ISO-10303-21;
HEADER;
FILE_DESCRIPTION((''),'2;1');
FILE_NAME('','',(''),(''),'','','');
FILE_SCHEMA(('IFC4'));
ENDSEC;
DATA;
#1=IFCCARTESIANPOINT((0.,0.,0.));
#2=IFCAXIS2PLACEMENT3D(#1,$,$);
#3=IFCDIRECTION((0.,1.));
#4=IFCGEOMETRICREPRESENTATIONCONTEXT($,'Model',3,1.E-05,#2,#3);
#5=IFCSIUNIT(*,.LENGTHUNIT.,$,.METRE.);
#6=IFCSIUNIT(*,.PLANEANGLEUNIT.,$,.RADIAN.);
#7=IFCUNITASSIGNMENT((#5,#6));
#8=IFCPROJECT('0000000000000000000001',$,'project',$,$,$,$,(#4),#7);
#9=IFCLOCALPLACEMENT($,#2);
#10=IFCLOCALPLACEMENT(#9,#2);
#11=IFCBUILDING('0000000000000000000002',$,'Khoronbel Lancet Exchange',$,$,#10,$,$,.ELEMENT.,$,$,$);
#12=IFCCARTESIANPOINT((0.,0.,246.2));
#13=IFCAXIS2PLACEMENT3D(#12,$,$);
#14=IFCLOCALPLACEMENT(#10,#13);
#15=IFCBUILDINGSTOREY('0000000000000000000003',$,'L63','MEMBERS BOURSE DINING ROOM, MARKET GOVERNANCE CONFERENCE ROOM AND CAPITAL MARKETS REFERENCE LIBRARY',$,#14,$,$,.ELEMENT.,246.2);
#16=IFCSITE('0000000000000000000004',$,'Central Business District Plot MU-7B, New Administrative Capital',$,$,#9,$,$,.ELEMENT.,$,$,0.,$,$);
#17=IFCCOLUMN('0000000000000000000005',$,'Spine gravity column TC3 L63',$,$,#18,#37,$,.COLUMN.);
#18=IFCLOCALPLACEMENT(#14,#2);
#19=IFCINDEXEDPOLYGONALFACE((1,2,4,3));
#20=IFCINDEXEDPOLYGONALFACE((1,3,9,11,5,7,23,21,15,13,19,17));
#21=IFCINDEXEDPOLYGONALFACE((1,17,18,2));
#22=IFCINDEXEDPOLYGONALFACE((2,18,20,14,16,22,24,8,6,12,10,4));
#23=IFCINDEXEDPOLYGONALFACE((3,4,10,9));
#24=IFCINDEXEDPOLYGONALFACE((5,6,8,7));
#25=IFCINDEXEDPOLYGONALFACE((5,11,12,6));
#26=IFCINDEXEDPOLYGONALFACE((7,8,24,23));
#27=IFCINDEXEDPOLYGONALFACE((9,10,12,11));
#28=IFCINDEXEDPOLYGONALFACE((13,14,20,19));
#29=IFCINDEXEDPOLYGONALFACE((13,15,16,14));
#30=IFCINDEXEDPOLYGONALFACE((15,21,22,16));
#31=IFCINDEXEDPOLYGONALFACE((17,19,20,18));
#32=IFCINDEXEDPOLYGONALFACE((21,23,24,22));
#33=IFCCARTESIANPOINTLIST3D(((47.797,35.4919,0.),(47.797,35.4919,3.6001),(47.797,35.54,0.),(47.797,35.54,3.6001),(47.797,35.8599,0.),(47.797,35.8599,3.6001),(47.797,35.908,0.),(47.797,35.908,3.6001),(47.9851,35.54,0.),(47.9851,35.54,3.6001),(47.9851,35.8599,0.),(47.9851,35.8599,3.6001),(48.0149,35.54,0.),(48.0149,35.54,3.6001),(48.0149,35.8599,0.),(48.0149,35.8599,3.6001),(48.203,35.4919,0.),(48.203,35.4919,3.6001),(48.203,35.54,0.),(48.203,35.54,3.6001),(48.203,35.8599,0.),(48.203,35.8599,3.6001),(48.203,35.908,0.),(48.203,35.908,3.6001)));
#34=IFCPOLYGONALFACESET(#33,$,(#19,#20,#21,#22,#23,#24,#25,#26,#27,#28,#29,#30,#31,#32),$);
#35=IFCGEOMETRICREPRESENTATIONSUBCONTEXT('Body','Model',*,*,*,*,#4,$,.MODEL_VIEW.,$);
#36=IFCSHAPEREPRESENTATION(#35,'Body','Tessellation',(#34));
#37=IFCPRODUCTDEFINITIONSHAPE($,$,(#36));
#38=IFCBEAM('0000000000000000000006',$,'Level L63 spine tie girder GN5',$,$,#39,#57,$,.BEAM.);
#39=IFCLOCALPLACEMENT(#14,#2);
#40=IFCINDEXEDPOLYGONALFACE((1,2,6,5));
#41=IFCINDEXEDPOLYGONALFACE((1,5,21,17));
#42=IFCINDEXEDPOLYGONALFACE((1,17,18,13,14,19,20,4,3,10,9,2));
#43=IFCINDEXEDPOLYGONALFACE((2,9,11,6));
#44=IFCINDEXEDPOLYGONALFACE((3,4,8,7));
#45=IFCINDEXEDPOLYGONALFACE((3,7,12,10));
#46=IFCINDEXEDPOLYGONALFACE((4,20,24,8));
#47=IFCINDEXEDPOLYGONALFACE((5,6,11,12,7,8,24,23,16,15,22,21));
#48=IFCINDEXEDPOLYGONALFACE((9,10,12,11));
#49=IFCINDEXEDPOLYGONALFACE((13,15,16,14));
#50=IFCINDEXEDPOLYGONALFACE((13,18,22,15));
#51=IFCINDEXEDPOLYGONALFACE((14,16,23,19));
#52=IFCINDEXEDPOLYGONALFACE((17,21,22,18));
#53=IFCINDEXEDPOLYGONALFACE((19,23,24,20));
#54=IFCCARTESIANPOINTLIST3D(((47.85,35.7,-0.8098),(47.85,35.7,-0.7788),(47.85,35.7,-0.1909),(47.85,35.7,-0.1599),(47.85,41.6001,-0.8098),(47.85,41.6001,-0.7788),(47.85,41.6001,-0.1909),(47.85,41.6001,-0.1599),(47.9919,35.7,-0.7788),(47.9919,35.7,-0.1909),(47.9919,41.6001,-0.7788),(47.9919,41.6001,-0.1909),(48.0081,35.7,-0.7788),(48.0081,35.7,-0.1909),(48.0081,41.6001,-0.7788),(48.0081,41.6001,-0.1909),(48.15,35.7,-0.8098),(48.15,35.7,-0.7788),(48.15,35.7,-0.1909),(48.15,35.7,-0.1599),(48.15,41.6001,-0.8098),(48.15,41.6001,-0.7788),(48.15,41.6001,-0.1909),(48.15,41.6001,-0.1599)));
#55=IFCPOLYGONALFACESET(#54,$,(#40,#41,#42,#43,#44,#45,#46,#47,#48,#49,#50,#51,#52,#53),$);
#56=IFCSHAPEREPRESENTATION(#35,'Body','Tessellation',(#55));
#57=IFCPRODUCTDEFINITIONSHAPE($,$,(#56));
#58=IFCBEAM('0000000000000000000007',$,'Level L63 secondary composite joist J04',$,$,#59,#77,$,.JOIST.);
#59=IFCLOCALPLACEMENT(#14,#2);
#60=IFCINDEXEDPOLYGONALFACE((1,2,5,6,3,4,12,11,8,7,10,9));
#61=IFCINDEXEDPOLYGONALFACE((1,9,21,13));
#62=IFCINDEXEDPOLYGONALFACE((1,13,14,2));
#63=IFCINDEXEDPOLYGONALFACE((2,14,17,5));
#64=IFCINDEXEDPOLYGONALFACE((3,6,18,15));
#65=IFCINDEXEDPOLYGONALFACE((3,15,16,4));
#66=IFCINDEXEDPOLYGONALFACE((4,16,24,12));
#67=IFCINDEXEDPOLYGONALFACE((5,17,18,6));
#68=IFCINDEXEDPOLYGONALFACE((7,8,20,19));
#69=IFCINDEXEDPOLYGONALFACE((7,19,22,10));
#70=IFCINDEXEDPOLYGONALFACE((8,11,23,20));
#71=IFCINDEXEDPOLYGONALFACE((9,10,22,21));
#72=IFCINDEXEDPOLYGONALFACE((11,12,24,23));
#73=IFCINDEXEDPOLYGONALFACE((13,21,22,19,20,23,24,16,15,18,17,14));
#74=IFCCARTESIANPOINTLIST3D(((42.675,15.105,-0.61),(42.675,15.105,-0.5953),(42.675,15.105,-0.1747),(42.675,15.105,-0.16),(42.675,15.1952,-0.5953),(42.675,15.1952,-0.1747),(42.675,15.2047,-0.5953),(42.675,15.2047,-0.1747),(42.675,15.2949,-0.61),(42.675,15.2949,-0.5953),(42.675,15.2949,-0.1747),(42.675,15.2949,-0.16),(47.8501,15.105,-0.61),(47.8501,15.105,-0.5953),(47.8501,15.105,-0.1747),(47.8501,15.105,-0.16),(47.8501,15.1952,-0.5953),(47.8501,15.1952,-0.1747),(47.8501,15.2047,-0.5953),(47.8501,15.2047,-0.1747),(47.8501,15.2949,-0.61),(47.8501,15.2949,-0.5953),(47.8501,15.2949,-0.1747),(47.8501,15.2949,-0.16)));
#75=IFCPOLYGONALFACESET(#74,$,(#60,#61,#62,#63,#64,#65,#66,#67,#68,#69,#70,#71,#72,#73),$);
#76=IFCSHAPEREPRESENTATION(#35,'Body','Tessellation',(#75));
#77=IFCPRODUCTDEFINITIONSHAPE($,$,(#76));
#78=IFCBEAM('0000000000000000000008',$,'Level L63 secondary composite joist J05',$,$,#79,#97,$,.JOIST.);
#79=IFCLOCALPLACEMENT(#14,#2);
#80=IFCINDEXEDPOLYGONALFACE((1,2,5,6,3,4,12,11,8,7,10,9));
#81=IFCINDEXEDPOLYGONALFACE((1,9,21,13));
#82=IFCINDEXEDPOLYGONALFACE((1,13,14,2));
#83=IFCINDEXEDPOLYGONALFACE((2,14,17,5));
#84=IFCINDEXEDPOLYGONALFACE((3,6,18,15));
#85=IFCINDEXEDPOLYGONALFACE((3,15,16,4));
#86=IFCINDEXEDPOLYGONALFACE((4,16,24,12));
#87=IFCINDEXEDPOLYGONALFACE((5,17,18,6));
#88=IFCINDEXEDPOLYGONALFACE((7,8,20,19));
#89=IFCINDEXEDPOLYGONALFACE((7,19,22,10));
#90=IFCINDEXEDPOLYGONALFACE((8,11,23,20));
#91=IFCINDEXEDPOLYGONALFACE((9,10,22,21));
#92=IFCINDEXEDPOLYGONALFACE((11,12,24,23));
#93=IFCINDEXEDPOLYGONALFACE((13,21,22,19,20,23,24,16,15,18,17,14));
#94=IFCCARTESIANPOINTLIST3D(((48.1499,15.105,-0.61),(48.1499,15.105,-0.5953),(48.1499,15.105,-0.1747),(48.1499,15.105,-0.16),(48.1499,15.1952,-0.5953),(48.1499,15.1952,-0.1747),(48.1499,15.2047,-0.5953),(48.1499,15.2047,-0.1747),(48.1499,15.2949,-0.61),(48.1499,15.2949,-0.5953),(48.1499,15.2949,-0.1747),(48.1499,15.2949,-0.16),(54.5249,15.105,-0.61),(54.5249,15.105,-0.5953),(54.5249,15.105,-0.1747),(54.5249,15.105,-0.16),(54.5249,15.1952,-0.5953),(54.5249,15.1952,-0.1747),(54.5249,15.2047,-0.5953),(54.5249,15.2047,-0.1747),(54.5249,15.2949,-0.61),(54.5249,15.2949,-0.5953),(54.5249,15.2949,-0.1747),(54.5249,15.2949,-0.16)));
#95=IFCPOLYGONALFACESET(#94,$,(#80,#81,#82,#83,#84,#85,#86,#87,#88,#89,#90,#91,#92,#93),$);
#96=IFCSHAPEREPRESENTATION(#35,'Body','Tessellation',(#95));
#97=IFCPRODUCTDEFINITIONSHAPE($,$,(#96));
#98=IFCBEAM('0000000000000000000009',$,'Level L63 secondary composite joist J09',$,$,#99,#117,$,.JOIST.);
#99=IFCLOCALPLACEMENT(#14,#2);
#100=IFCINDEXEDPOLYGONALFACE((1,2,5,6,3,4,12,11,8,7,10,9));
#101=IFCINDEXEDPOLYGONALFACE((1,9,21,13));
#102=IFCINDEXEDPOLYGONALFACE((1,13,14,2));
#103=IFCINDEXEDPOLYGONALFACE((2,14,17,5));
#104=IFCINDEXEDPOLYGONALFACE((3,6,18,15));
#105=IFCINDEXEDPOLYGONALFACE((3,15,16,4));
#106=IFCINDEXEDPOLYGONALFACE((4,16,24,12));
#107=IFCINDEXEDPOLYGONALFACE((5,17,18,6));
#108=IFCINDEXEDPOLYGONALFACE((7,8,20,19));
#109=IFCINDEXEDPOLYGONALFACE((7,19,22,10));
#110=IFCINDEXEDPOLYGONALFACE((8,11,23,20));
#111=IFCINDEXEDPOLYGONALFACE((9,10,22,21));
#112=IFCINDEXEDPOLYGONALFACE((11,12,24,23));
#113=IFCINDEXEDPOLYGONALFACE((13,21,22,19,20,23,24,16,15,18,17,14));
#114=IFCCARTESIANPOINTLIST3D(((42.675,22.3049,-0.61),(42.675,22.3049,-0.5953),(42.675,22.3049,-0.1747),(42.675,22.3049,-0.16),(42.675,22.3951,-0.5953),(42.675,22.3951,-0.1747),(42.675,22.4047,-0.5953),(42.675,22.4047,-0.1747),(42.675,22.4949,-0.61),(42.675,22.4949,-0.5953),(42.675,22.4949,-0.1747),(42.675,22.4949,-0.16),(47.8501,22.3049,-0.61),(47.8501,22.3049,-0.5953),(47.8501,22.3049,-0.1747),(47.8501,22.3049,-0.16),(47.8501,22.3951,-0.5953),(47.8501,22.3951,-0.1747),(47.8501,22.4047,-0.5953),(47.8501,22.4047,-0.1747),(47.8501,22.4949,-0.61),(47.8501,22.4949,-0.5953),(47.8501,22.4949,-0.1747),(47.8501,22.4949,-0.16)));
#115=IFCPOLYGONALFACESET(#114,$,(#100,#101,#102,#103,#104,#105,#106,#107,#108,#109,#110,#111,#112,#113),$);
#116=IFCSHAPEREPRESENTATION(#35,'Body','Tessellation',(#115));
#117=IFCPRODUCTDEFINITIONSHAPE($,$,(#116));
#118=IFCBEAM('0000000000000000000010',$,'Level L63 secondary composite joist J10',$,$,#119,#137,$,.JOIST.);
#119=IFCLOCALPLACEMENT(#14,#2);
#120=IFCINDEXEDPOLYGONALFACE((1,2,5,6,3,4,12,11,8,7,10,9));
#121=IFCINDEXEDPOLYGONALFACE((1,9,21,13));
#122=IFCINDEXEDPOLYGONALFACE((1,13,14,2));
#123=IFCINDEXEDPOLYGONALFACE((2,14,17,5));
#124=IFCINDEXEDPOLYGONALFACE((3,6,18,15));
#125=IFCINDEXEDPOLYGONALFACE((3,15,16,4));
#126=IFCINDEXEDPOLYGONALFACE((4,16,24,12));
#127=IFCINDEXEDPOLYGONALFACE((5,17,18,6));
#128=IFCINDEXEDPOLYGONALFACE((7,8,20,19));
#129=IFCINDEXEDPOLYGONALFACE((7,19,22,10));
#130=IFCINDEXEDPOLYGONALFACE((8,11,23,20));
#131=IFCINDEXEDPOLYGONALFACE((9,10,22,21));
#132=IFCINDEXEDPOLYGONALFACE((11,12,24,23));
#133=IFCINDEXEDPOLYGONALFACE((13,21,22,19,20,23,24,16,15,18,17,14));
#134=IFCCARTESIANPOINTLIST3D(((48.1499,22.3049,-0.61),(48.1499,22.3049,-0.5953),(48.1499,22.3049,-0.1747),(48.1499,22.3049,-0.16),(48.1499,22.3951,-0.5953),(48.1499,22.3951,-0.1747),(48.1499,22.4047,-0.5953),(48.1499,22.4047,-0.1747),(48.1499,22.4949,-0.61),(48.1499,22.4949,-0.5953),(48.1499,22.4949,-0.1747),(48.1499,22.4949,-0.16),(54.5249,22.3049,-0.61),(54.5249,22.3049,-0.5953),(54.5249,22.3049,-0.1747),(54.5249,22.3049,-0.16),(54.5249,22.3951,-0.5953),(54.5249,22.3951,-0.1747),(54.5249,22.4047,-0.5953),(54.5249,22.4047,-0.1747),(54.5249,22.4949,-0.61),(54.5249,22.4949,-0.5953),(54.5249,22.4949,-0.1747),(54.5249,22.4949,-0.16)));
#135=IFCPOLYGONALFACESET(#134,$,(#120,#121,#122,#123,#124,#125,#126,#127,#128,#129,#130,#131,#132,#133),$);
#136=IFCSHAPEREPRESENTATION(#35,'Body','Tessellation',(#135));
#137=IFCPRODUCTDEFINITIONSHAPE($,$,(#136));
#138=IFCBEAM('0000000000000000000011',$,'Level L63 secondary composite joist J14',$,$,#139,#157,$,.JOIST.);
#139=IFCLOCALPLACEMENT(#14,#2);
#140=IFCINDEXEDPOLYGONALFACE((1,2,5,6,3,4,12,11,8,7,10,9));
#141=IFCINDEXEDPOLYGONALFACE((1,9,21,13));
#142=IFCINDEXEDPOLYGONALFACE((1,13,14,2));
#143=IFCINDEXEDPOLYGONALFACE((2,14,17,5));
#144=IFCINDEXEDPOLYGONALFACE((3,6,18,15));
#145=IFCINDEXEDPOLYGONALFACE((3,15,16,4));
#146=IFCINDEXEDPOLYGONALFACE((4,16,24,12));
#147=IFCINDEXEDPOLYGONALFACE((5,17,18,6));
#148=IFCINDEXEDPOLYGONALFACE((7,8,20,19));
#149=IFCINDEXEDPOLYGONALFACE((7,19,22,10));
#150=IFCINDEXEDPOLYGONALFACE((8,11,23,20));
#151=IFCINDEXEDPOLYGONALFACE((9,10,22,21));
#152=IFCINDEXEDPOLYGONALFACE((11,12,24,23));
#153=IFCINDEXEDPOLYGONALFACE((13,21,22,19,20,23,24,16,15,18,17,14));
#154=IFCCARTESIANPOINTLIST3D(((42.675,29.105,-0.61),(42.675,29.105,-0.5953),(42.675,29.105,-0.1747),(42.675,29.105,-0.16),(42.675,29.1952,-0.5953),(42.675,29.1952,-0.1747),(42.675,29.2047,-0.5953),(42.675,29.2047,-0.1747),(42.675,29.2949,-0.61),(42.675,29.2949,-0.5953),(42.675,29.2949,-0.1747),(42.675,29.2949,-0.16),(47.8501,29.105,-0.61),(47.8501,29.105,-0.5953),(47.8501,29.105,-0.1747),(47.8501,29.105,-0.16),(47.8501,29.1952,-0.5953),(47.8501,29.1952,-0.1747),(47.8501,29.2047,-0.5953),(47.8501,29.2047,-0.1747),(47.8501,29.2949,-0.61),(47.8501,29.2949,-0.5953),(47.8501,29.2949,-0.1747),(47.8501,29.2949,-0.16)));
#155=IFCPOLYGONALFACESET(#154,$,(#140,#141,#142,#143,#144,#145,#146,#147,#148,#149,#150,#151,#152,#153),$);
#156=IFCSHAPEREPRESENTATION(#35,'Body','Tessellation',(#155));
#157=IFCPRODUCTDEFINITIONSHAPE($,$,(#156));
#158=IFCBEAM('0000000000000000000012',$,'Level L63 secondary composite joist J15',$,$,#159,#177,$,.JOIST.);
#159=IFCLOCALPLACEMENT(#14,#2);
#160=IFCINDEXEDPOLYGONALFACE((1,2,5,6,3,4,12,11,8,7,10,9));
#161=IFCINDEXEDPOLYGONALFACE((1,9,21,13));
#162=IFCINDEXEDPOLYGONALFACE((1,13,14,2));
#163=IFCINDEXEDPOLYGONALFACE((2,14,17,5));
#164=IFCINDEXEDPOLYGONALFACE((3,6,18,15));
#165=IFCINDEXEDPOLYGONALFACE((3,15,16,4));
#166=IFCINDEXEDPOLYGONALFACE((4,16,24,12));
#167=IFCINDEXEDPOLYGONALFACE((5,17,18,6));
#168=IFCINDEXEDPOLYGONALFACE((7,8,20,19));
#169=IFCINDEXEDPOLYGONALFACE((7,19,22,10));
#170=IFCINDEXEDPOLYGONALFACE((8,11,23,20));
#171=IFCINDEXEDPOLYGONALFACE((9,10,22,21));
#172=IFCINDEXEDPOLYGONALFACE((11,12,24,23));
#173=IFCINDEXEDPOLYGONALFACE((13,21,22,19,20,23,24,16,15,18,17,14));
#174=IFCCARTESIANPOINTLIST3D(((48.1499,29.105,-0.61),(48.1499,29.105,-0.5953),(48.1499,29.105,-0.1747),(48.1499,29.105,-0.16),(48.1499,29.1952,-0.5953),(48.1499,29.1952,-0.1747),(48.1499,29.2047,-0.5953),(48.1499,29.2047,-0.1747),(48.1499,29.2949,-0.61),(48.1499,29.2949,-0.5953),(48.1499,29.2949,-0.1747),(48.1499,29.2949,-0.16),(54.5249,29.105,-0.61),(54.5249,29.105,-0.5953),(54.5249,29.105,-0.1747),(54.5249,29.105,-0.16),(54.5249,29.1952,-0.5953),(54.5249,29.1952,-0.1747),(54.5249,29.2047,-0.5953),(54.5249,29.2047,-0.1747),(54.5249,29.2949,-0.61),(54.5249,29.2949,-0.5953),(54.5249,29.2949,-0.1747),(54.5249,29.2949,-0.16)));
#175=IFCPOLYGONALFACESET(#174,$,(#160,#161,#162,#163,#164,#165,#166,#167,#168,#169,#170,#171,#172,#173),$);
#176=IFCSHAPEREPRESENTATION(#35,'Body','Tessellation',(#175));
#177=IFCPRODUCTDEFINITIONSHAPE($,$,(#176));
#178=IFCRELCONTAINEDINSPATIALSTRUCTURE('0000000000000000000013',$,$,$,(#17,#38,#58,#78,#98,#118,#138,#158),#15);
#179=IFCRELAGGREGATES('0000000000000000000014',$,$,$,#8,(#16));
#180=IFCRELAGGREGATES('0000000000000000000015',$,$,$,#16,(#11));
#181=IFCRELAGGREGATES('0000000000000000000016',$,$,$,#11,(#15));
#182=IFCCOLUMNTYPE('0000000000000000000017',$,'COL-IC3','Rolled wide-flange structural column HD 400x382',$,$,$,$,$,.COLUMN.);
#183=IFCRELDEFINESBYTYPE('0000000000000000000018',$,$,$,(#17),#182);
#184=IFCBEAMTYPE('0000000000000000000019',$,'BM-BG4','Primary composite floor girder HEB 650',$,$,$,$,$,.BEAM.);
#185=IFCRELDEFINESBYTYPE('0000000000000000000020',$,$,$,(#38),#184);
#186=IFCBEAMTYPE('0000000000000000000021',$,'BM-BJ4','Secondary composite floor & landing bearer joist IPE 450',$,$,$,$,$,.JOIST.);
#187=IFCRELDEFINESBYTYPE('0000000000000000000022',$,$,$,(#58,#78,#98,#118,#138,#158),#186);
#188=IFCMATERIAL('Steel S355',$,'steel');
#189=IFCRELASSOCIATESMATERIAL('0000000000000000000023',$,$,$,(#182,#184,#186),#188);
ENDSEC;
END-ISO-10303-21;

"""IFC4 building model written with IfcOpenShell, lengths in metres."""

from ifc_helpers import new_model, si_unit, direction, frame, origin, origin_2d, place, context, subcontext, project, spatial, i_section, extrude, material, material_profile, profile_set, type_object, element, save


model = new_model("IFC4")

# Units and contexts
model_context = context("Model", 3, precision=1e-05, world=origin(), true_north=direction((0.0, 1.0)))
body_context = subcontext(model_context, "Body", "Model", "MODEL_VIEW")
ifc_project = project(units=[si_unit("LENGTHUNIT", "METRE"), si_unit("PLANEANGLEUNIT", "RADIAN")], contexts=[model_context])

# Site, building, storey
site_placement = place(None, origin())
site = spatial("IfcSite", under=ifc_project, at=site_placement, Name="Central Business District Plot MU-7B, New Administrative Capital", CompositionType="ELEMENT", RefElevation=0.0)
building_placement = place(site_placement, origin())
building = spatial("IfcBuilding", under=site, at=building_placement, Name="Khoronbel Lancet Exchange", CompositionType="ELEMENT")
storey_placement = place(building_placement, frame((0.0, 0.0, 246.2)))
storey = spatial("IfcBuildingStorey", under=building, at=storey_placement, Name="L63", Description="MEMBERS BOURSE DINING ROOM, MARKET GOVERNANCE CONFERENCE ROOM AND CAPITAL MARKETS REFERENCE LIBRARY", CompositionType="ELEMENT", Elevation=246.2)

# Column
ifc_material_1 = material(Name="Steel S355", Category="steel")
ifc_material_profile_1 = material_profile(ifc_material_1, i_section(OverallWidth=0.406, OverallDepth=0.416, WebThickness=0.0298, FlangeThickness=0.0481, at=origin_2d()), Name="HD 400x382")
ifc_profile_set_1 = profile_set([ifc_material_profile_1], Name="Steel S355")
column_type = type_object("IfcColumnType", Name="COL-IC3", Description="Rolled wide-flange structural column HD 400x382", PredefinedType="COLUMN", material=ifc_profile_set_1)
column_placement = place(storey_placement, frame((48.0, 35.7, 0.0), z_axis=(0.0, 0.0, 1.0), x_axis=(1.0, 0.0, 0.0)))
element("IfcColumn", 1, at=column_placement, inside=storey, type_object=column_type, Name="Spine gravity column TC3 L63", PredefinedType="COLUMN", context=body_context, shape_type="SweptSolid", body=[
    extrude(i_section(OverallWidth=0.406, OverallDepth=0.416, WebThickness=0.0298, FlangeThickness=0.0481, at=origin_2d()), origin(), (0.0, 0.0, 1.0), 3.6001),
])

# Beams
ifc_material_profile_2 = material_profile(ifc_material_1, i_section(OverallWidth=0.3, OverallDepth=0.6499, WebThickness=0.0161, FlangeThickness=0.031, at=origin_2d()), Name="HEB 650")
ifc_profile_set_2 = profile_set([ifc_material_profile_2], Name="Steel S355")
beam_type_1 = type_object("IfcBeamType", Name="BM-BG4", Description="Primary composite floor girder HEB 650", PredefinedType="BEAM", material=ifc_profile_set_2)
beam_1_placement = place(storey_placement, frame((48.0, 35.7, -0.4849), z_axis=(0.0, 1.0, 0.0), x_axis=(-1.0, 0.0, 0.0)))
element("IfcBeam", 2, at=beam_1_placement, inside=storey, type_object=beam_type_1, Name="Level L63 spine tie girder GN5", PredefinedType="BEAM", context=body_context, shape_type="SweptSolid", body=[
    extrude(i_section(OverallWidth=0.3, OverallDepth=0.6499, WebThickness=0.0161, FlangeThickness=0.031, at=origin_2d()), origin(), (0.0, 0.0, 1.0), 5.9001),
])
ifc_material_profile_3 = material_profile(ifc_material_1, i_section(OverallWidth=0.1899, OverallDepth=0.45, WebThickness=0.0095, FlangeThickness=0.0146, at=origin_2d()), Name="IPE 450")
ifc_profile_set_3 = profile_set([ifc_material_profile_3], Name="Steel S355")
beam_type_2 = type_object("IfcBeamType", Name="BM-BJ4", Description="Secondary composite floor & landing bearer joist IPE 450", PredefinedType="JOIST", material=ifc_profile_set_3)
beam_2_placement = place(storey_placement, frame((42.675, 15.2, -0.385), z_axis=(1.0, 0.0, 0.0), x_axis=(0.0, 1.0, 0.0)))
element("IfcBeam", 3, at=beam_2_placement, inside=storey, type_object=beam_type_2, Name="Level L63 secondary composite joist J04", PredefinedType="JOIST", context=body_context, shape_type="SweptSolid", body=[
    extrude(i_section(OverallWidth=0.1899, OverallDepth=0.45, WebThickness=0.0095, FlangeThickness=0.0146, at=origin_2d()), origin(), (0.0, 0.0, 1.0), 5.175),
])
beam_3_placement = place(storey_placement, frame((48.1499, 15.2, -0.385), z_axis=(1.0, 0.0, 0.0), x_axis=(0.0, 1.0, 0.0)))
element("IfcBeam", 4, at=beam_3_placement, inside=storey, type_object=beam_type_2, Name="Level L63 secondary composite joist J05", PredefinedType="JOIST", context=body_context, shape_type="SweptSolid", body=[
    extrude(i_section(OverallWidth=0.1899, OverallDepth=0.45, WebThickness=0.0095, FlangeThickness=0.0146, at=origin_2d()), origin(), (0.0, 0.0, 1.0), 6.375),
])
beam_4_placement = place(storey_placement, frame((42.675, 22.3999, -0.385), z_axis=(1.0, 0.0, 0.0), x_axis=(0.0, 1.0, 0.0)))
element("IfcBeam", 5, at=beam_4_placement, inside=storey, type_object=beam_type_2, Name="Level L63 secondary composite joist J09", PredefinedType="JOIST", context=body_context, shape_type="SweptSolid", body=[
    extrude(i_section(OverallWidth=0.1899, OverallDepth=0.45, WebThickness=0.0095, FlangeThickness=0.0146, at=origin_2d()), origin(), (0.0, 0.0, 1.0), 5.175),
])
beam_5_placement = place(storey_placement, frame((48.1499, 22.3999, -0.385), z_axis=(1.0, 0.0, 0.0), x_axis=(0.0, 1.0, 0.0)))
element("IfcBeam", 6, at=beam_5_placement, inside=storey, type_object=beam_type_2, Name="Level L63 secondary composite joist J10", PredefinedType="JOIST", context=body_context, shape_type="SweptSolid", body=[
    extrude(i_section(OverallWidth=0.1899, OverallDepth=0.45, WebThickness=0.0095, FlangeThickness=0.0146, at=origin_2d()), origin(), (0.0, 0.0, 1.0), 6.375),
])
beam_6_placement = place(storey_placement, frame((42.675, 29.2, -0.385), z_axis=(1.0, 0.0, 0.0), x_axis=(0.0, 1.0, 0.0)))
element("IfcBeam", 7, at=beam_6_placement, inside=storey, type_object=beam_type_2, Name="Level L63 secondary composite joist J14", PredefinedType="JOIST", context=body_context, shape_type="SweptSolid", body=[
    extrude(i_section(OverallWidth=0.1899, OverallDepth=0.45, WebThickness=0.0095, FlangeThickness=0.0146, at=origin_2d()), origin(), (0.0, 0.0, 1.0), 5.175),
])
beam_7_placement = place(storey_placement, frame((48.1499, 29.2, -0.385), z_axis=(1.0, 0.0, 0.0), x_axis=(0.0, 1.0, 0.0)))
element("IfcBeam", 8, at=beam_7_placement, inside=storey, type_object=beam_type_2, Name="Level L63 secondary composite joist J15", PredefinedType="JOIST", context=body_context, shape_type="SweptSolid", body=[
    extrude(i_section(OverallWidth=0.1899, OverallDepth=0.45, WebThickness=0.0095, FlangeThickness=0.0146, at=origin_2d()), origin(), (0.0, 0.0, 1.0), 6.375),
])

save(model, "model.ifc")
